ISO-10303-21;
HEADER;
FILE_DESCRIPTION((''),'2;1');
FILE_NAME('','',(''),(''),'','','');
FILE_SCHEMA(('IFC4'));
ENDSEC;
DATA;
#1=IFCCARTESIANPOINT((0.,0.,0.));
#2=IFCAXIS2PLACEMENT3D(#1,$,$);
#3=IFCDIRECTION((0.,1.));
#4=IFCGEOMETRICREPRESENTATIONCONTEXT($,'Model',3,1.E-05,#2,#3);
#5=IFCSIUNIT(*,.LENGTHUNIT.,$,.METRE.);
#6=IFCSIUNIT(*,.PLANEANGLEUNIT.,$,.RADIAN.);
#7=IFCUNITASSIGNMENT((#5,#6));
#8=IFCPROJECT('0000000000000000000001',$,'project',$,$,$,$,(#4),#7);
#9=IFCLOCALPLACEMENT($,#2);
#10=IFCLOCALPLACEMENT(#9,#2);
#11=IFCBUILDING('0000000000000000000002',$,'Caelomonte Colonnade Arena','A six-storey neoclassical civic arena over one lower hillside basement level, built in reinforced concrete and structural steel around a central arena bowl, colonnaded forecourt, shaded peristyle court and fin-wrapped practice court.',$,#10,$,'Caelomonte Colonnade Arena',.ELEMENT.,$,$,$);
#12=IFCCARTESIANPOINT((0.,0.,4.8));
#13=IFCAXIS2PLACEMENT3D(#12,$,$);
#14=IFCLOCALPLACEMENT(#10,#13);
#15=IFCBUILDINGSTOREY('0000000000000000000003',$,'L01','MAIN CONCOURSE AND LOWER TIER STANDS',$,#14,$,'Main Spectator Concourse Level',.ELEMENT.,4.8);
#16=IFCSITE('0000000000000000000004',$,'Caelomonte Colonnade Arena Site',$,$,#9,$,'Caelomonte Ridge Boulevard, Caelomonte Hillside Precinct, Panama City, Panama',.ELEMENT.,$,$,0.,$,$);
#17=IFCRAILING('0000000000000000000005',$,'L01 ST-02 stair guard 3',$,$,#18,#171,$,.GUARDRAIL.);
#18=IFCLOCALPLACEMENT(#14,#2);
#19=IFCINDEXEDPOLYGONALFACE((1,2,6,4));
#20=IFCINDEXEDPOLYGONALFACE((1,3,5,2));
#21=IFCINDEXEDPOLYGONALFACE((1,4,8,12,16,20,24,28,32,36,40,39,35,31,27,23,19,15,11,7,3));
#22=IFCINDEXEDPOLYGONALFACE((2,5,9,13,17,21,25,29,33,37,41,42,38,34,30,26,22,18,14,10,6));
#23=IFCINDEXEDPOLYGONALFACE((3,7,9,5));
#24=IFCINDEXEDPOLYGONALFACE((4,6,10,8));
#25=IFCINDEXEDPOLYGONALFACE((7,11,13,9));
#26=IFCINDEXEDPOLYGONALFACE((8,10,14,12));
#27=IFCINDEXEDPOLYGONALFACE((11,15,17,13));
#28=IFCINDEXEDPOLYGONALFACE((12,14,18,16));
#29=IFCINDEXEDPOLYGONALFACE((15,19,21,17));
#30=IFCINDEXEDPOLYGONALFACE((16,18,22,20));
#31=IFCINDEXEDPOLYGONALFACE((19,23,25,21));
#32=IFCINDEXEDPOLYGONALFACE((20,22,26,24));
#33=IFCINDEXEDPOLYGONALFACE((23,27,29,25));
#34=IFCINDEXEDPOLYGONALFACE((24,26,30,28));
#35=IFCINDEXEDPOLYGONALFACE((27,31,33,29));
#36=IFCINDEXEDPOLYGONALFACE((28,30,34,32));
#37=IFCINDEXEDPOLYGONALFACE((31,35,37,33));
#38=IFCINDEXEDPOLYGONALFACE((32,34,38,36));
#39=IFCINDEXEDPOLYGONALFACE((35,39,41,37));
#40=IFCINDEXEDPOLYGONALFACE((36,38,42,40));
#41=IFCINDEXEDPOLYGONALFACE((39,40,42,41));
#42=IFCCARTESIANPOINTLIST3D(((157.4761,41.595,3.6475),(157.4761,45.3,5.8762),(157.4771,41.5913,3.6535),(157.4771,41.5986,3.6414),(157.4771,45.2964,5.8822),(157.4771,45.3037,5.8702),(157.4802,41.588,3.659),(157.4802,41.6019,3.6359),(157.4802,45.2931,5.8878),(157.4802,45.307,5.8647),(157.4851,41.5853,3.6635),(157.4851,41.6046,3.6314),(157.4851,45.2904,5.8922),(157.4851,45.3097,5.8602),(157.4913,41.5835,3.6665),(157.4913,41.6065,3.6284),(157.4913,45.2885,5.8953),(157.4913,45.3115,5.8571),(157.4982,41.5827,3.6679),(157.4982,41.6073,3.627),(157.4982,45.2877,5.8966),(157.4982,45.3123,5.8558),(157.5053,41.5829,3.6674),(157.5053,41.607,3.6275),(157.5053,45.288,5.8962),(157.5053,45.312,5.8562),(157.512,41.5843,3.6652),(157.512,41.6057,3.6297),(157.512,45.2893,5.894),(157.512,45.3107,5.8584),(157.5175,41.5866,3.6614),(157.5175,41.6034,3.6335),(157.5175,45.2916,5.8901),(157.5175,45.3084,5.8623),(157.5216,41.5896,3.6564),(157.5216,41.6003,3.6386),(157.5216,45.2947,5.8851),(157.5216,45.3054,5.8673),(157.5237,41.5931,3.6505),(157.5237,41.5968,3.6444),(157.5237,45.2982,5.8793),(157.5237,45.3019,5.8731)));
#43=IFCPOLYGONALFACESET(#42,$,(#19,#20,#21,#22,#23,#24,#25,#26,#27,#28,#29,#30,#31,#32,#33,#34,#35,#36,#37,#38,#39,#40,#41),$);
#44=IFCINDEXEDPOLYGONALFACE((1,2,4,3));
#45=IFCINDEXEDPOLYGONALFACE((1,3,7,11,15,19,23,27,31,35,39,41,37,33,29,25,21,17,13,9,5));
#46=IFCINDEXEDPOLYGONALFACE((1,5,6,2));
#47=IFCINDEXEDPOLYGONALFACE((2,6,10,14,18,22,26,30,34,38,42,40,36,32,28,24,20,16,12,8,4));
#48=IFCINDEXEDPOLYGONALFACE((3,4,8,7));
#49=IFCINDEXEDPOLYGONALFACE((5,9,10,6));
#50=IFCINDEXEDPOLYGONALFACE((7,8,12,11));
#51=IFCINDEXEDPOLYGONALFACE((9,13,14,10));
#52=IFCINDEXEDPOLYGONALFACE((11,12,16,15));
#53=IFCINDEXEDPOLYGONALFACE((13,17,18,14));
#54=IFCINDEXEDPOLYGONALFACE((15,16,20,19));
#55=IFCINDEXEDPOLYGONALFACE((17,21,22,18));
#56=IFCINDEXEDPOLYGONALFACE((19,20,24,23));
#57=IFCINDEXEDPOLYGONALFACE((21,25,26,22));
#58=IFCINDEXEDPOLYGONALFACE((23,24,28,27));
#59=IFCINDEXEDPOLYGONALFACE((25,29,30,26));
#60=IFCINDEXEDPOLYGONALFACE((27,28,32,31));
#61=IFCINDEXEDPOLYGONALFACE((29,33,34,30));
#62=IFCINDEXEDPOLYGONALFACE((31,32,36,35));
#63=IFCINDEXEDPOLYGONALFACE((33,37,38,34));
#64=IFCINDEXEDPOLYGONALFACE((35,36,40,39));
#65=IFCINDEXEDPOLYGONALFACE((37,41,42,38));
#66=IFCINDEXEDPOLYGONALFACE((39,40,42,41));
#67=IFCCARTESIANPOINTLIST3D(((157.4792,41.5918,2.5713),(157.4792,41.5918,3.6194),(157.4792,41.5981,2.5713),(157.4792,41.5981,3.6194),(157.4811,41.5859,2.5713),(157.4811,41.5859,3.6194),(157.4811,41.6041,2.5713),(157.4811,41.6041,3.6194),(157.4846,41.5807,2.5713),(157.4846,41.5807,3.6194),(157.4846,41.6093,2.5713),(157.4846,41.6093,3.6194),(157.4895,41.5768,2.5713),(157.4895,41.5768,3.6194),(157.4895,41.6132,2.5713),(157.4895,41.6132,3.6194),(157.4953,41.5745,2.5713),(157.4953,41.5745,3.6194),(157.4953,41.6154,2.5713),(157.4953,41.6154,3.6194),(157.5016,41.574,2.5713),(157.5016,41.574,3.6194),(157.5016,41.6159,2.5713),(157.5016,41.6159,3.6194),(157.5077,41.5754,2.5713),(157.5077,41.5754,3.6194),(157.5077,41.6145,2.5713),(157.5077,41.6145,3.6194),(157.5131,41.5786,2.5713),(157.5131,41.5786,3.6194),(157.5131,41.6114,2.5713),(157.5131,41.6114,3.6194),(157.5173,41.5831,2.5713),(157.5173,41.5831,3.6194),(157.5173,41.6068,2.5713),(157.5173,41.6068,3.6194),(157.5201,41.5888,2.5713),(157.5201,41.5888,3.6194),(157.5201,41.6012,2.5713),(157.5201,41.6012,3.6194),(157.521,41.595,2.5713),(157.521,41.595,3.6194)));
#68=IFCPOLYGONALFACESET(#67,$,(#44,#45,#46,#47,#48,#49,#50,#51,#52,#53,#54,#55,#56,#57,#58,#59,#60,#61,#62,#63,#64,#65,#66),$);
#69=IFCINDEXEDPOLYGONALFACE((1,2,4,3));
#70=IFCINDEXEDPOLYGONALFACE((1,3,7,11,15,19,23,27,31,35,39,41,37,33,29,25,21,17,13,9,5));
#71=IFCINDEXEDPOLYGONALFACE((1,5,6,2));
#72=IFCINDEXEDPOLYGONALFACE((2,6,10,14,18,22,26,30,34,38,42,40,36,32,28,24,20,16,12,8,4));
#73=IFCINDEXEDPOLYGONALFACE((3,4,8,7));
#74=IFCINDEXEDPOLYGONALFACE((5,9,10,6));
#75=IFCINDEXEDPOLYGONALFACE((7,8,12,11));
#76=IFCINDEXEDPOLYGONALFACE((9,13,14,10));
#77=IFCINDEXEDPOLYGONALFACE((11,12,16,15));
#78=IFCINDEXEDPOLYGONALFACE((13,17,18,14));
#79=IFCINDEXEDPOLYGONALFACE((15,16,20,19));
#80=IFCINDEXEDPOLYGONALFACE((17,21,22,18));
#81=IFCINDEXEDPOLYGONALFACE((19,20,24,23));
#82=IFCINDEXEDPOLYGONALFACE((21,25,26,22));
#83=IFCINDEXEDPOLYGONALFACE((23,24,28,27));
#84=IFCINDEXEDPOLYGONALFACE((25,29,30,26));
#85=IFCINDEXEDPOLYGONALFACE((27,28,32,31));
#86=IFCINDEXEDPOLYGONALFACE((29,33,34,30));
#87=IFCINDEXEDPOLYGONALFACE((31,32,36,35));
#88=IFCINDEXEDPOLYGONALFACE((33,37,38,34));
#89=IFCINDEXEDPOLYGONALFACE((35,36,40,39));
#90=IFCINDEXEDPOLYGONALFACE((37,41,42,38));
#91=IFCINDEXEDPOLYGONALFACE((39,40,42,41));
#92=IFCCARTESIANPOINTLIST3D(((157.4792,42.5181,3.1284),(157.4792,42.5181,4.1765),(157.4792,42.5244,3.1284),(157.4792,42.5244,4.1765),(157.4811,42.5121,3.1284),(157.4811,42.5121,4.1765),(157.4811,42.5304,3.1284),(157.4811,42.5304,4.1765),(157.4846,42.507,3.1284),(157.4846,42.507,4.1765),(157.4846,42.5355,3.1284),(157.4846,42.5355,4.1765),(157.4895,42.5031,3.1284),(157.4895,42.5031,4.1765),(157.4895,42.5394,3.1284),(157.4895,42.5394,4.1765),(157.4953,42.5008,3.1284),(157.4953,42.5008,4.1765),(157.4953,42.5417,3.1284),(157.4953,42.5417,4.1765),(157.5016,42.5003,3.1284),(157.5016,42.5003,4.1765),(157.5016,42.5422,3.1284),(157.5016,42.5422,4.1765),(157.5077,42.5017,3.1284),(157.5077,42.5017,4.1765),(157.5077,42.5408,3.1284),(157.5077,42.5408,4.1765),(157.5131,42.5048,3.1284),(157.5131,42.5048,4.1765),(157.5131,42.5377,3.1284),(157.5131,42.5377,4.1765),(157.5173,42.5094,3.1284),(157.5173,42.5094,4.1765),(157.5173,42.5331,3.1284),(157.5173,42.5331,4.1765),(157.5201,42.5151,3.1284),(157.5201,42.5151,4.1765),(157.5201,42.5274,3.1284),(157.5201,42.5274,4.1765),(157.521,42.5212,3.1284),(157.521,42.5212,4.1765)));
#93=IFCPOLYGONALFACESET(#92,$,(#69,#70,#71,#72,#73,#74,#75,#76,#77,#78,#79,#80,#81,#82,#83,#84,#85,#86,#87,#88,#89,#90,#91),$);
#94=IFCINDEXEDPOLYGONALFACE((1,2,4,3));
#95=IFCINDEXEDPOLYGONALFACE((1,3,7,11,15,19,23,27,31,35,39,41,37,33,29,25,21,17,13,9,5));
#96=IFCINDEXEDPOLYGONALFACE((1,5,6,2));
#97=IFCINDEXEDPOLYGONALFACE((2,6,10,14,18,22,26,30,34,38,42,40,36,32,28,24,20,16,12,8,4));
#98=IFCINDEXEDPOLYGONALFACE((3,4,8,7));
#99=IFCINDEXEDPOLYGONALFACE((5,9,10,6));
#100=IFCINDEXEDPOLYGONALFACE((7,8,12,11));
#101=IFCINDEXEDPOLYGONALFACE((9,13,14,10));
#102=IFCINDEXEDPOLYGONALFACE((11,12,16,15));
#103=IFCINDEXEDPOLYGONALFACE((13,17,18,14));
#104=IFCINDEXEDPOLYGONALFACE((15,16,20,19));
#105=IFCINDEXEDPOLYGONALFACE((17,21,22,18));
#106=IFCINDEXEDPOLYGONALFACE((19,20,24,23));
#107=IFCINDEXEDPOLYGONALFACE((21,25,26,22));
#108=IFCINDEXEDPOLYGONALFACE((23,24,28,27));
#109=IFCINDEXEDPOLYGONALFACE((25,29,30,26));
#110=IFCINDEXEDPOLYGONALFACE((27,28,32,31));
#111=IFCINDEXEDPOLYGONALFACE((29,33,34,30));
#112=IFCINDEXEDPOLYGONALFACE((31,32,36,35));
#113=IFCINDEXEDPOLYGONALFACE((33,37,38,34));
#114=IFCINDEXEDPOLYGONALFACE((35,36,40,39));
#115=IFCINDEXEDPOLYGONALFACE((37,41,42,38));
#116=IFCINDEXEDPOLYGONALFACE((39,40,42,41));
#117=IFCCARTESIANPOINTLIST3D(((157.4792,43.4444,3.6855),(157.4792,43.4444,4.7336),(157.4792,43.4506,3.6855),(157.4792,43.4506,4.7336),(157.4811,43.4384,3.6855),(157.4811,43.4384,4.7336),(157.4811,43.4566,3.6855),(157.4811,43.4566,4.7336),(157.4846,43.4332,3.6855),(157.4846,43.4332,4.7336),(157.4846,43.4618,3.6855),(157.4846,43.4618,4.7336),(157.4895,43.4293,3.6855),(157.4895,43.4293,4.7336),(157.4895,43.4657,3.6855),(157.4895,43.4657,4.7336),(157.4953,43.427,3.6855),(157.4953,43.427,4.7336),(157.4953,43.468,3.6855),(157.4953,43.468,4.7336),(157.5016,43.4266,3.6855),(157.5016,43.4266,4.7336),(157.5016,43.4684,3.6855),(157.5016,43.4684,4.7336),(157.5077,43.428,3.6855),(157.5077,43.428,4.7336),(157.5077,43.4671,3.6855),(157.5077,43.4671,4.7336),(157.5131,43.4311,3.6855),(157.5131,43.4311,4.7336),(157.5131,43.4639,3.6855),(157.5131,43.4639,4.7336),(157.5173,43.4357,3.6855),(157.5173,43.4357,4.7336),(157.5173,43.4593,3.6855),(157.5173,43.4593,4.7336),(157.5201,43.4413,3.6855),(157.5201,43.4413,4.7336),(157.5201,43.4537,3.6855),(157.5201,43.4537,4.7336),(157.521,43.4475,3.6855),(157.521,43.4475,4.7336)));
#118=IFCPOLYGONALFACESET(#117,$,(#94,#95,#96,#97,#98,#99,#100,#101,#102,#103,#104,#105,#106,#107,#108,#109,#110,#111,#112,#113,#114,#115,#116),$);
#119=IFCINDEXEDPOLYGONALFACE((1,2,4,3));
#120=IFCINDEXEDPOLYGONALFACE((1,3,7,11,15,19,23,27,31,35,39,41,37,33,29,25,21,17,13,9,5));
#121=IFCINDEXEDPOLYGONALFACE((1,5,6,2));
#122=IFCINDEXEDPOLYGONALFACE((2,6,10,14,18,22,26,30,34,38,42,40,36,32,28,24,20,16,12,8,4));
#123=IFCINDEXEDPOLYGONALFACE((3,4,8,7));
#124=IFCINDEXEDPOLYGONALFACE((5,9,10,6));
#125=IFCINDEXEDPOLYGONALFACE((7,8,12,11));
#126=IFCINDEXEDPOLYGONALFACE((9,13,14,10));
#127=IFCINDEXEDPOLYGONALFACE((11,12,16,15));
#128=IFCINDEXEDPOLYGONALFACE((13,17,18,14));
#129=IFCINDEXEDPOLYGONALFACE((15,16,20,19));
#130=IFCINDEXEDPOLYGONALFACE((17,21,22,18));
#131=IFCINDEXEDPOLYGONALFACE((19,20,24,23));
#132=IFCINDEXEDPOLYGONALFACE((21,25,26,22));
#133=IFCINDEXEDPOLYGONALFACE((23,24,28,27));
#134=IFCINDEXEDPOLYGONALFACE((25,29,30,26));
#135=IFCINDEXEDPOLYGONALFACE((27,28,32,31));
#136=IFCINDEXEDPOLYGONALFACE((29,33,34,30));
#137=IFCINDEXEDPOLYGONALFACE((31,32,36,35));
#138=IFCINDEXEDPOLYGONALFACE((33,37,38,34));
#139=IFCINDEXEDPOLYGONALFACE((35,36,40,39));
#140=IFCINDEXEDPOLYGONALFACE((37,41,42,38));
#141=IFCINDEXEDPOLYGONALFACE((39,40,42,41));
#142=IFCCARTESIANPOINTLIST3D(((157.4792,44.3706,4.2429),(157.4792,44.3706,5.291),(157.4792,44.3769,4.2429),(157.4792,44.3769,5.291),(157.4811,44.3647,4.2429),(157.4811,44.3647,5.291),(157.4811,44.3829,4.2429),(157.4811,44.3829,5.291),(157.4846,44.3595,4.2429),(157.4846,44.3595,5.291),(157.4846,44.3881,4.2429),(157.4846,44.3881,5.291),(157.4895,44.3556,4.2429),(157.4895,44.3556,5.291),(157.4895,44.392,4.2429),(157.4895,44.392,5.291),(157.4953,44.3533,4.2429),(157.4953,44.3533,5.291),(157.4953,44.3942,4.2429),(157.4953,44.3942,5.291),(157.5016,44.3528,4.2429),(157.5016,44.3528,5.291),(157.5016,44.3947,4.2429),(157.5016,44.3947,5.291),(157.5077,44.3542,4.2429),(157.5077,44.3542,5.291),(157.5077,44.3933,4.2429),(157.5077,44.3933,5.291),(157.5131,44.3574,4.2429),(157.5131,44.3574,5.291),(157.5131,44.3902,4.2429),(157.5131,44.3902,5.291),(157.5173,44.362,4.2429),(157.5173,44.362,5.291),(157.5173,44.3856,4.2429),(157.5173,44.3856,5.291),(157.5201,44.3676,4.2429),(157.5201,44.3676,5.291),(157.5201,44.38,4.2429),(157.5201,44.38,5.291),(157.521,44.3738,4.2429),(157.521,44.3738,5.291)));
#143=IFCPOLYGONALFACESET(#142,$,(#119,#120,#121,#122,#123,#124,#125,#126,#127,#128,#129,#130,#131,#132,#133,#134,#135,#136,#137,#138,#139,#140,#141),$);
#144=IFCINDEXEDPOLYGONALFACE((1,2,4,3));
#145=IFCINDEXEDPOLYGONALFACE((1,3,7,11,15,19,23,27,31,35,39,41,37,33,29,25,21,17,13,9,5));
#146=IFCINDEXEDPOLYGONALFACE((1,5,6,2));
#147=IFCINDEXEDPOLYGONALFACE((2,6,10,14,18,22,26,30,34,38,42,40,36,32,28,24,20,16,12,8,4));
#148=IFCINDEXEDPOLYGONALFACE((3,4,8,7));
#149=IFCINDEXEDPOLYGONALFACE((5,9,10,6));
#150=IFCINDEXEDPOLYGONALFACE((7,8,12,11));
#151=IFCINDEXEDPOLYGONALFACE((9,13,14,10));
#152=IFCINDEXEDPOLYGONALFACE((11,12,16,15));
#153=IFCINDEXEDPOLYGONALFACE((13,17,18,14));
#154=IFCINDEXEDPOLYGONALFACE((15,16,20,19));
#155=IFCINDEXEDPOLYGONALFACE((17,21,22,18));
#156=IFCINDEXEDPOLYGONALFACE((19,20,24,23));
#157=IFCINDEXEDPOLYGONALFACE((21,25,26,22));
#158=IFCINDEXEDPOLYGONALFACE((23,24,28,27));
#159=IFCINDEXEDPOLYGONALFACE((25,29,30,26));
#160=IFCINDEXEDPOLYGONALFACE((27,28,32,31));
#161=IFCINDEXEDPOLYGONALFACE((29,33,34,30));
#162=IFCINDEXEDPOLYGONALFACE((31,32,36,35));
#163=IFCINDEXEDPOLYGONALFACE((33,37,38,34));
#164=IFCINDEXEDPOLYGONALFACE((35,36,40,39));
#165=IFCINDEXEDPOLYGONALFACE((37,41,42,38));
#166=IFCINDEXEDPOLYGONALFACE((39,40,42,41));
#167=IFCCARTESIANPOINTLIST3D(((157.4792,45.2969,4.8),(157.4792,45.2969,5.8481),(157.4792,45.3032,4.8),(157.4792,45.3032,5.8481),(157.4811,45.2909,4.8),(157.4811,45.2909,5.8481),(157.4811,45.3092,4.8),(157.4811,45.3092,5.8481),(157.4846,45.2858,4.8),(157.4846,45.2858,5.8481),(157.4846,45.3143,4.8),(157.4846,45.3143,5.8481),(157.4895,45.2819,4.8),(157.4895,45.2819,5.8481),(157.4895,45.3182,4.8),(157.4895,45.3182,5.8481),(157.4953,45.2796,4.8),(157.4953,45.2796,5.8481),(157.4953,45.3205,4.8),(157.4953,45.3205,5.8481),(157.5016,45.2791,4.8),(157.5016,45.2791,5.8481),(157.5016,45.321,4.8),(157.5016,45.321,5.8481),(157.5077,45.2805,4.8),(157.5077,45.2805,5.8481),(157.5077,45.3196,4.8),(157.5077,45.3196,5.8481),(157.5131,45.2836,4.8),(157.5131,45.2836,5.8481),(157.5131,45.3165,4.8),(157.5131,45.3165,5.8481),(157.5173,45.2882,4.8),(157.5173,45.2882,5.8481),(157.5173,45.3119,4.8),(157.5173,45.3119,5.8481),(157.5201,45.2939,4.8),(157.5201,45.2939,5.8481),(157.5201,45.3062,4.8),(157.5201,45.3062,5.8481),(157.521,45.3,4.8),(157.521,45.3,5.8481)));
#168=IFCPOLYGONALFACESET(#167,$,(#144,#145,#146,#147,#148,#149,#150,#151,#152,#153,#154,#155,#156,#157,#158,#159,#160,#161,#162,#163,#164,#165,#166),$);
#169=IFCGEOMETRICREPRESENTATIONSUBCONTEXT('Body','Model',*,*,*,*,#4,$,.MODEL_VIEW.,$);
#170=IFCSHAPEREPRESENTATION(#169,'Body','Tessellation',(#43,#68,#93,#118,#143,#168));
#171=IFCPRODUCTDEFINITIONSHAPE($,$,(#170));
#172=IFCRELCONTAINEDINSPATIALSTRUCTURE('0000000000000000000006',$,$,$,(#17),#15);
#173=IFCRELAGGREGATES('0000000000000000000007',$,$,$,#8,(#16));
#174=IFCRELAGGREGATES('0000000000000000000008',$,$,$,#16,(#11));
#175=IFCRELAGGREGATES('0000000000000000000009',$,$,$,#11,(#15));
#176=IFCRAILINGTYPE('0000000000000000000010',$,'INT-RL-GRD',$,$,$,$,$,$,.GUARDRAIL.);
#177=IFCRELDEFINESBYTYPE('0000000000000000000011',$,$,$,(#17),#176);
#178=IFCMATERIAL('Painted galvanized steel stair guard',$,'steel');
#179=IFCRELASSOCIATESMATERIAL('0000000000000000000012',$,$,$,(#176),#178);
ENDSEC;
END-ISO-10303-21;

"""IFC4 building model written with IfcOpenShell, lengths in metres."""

from ifc_helpers import new_model, si_unit, direction, frame, origin, origin_2d, place, context, subcontext, project, spatial, circle, extrude, material, type_object, element, save


model = new_model("IFC4")

# Units and contexts
model_context = context("Model", 3, precision=1e-05, world=origin(), true_north=direction((0.0, 1.0)))
body_context = subcontext(model_context, "Body", "Model", "MODEL_VIEW")
ifc_project = project(units=[si_unit("LENGTHUNIT", "METRE"), si_unit("PLANEANGLEUNIT", "RADIAN")], contexts=[model_context])

# Site, building, storey
site_placement = place(None, origin())
site = spatial("IfcSite", under=ifc_project, at=site_placement, Name="Caelomonte Colonnade Arena Site", LongName="Caelomonte Ridge Boulevard, Caelomonte Hillside Precinct, Panama City, Panama", CompositionType="ELEMENT", RefElevation=0.0)
building_placement = place(site_placement, origin())
building = spatial("IfcBuilding", under=site, at=building_placement, Name="Caelomonte Colonnade Arena", Description="A six-storey neoclassical civic arena over one lower hillside basement level, built in reinforced concrete and structural steel around a central arena bowl, colonnaded forecourt, shaded peristyle court and fin-wrapped practice court.", LongName="Caelomonte Colonnade Arena", CompositionType="ELEMENT")
storey_placement = place(building_placement, frame((0.0, 0.0, 4.8)))
storey = spatial("IfcBuildingStorey", under=building, at=storey_placement, Name="L01", Description="MAIN CONCOURSE AND LOWER TIER STANDS", LongName="Main Spectator Concourse Level", CompositionType="ELEMENT", Elevation=4.8)

# Railing
ifc_material_1 = material(Name="Painted galvanized steel stair guard", Category="steel")
railing_type_1 = type_object("IfcRailingType", Name="INT-RL-GRD", PredefinedType="GUARDRAIL", material=ifc_material_1)
railing_1_placement = place(storey_placement, frame((157.5, 41.595, 2.5713)))
element("IfcRailing", 1, at=railing_1_placement, inside=storey, type_object=railing_type_1, Name="L01 ST-02 stair guard 3", PredefinedType="GUARDRAIL", context=body_context, shape_type="SweptSolid", body=[
    extrude(circle(Radius=0.0239, at=origin_2d()), frame((0.0, 0.0, 1.0762), z_axis=(0.0, 0.856909, 0.515467), x_axis=(-1.0, 0.0, 0.0)), (0.0, 0.0, 1.0), 4.3237),
    extrude(circle(Radius=0.021, at=origin_2d()), origin(), (0.0, 0.0, 1.0), 1.0481),
    extrude(circle(Radius=0.021, at=origin_2d()), frame((0.0, 0.9263, 0.5571)), (0.0, 0.0, 1.0), 1.0481),
    extrude(circle(Radius=0.021, at=origin_2d()), frame((0.0, 1.8525, 1.1143)), (0.0, 0.0, 1.0), 1.0481),
    extrude(circle(Radius=0.021, at=origin_2d()), frame((0.0, 2.7788, 1.6716)), (0.0, 0.0, 1.0), 1.0481),
    extrude(circle(Radius=0.021, at=origin_2d()), frame((0.0, 3.7051, 2.2288)), (0.0, 0.0, 1.0), 1.0481),
])

save(model, "model.ifc")
